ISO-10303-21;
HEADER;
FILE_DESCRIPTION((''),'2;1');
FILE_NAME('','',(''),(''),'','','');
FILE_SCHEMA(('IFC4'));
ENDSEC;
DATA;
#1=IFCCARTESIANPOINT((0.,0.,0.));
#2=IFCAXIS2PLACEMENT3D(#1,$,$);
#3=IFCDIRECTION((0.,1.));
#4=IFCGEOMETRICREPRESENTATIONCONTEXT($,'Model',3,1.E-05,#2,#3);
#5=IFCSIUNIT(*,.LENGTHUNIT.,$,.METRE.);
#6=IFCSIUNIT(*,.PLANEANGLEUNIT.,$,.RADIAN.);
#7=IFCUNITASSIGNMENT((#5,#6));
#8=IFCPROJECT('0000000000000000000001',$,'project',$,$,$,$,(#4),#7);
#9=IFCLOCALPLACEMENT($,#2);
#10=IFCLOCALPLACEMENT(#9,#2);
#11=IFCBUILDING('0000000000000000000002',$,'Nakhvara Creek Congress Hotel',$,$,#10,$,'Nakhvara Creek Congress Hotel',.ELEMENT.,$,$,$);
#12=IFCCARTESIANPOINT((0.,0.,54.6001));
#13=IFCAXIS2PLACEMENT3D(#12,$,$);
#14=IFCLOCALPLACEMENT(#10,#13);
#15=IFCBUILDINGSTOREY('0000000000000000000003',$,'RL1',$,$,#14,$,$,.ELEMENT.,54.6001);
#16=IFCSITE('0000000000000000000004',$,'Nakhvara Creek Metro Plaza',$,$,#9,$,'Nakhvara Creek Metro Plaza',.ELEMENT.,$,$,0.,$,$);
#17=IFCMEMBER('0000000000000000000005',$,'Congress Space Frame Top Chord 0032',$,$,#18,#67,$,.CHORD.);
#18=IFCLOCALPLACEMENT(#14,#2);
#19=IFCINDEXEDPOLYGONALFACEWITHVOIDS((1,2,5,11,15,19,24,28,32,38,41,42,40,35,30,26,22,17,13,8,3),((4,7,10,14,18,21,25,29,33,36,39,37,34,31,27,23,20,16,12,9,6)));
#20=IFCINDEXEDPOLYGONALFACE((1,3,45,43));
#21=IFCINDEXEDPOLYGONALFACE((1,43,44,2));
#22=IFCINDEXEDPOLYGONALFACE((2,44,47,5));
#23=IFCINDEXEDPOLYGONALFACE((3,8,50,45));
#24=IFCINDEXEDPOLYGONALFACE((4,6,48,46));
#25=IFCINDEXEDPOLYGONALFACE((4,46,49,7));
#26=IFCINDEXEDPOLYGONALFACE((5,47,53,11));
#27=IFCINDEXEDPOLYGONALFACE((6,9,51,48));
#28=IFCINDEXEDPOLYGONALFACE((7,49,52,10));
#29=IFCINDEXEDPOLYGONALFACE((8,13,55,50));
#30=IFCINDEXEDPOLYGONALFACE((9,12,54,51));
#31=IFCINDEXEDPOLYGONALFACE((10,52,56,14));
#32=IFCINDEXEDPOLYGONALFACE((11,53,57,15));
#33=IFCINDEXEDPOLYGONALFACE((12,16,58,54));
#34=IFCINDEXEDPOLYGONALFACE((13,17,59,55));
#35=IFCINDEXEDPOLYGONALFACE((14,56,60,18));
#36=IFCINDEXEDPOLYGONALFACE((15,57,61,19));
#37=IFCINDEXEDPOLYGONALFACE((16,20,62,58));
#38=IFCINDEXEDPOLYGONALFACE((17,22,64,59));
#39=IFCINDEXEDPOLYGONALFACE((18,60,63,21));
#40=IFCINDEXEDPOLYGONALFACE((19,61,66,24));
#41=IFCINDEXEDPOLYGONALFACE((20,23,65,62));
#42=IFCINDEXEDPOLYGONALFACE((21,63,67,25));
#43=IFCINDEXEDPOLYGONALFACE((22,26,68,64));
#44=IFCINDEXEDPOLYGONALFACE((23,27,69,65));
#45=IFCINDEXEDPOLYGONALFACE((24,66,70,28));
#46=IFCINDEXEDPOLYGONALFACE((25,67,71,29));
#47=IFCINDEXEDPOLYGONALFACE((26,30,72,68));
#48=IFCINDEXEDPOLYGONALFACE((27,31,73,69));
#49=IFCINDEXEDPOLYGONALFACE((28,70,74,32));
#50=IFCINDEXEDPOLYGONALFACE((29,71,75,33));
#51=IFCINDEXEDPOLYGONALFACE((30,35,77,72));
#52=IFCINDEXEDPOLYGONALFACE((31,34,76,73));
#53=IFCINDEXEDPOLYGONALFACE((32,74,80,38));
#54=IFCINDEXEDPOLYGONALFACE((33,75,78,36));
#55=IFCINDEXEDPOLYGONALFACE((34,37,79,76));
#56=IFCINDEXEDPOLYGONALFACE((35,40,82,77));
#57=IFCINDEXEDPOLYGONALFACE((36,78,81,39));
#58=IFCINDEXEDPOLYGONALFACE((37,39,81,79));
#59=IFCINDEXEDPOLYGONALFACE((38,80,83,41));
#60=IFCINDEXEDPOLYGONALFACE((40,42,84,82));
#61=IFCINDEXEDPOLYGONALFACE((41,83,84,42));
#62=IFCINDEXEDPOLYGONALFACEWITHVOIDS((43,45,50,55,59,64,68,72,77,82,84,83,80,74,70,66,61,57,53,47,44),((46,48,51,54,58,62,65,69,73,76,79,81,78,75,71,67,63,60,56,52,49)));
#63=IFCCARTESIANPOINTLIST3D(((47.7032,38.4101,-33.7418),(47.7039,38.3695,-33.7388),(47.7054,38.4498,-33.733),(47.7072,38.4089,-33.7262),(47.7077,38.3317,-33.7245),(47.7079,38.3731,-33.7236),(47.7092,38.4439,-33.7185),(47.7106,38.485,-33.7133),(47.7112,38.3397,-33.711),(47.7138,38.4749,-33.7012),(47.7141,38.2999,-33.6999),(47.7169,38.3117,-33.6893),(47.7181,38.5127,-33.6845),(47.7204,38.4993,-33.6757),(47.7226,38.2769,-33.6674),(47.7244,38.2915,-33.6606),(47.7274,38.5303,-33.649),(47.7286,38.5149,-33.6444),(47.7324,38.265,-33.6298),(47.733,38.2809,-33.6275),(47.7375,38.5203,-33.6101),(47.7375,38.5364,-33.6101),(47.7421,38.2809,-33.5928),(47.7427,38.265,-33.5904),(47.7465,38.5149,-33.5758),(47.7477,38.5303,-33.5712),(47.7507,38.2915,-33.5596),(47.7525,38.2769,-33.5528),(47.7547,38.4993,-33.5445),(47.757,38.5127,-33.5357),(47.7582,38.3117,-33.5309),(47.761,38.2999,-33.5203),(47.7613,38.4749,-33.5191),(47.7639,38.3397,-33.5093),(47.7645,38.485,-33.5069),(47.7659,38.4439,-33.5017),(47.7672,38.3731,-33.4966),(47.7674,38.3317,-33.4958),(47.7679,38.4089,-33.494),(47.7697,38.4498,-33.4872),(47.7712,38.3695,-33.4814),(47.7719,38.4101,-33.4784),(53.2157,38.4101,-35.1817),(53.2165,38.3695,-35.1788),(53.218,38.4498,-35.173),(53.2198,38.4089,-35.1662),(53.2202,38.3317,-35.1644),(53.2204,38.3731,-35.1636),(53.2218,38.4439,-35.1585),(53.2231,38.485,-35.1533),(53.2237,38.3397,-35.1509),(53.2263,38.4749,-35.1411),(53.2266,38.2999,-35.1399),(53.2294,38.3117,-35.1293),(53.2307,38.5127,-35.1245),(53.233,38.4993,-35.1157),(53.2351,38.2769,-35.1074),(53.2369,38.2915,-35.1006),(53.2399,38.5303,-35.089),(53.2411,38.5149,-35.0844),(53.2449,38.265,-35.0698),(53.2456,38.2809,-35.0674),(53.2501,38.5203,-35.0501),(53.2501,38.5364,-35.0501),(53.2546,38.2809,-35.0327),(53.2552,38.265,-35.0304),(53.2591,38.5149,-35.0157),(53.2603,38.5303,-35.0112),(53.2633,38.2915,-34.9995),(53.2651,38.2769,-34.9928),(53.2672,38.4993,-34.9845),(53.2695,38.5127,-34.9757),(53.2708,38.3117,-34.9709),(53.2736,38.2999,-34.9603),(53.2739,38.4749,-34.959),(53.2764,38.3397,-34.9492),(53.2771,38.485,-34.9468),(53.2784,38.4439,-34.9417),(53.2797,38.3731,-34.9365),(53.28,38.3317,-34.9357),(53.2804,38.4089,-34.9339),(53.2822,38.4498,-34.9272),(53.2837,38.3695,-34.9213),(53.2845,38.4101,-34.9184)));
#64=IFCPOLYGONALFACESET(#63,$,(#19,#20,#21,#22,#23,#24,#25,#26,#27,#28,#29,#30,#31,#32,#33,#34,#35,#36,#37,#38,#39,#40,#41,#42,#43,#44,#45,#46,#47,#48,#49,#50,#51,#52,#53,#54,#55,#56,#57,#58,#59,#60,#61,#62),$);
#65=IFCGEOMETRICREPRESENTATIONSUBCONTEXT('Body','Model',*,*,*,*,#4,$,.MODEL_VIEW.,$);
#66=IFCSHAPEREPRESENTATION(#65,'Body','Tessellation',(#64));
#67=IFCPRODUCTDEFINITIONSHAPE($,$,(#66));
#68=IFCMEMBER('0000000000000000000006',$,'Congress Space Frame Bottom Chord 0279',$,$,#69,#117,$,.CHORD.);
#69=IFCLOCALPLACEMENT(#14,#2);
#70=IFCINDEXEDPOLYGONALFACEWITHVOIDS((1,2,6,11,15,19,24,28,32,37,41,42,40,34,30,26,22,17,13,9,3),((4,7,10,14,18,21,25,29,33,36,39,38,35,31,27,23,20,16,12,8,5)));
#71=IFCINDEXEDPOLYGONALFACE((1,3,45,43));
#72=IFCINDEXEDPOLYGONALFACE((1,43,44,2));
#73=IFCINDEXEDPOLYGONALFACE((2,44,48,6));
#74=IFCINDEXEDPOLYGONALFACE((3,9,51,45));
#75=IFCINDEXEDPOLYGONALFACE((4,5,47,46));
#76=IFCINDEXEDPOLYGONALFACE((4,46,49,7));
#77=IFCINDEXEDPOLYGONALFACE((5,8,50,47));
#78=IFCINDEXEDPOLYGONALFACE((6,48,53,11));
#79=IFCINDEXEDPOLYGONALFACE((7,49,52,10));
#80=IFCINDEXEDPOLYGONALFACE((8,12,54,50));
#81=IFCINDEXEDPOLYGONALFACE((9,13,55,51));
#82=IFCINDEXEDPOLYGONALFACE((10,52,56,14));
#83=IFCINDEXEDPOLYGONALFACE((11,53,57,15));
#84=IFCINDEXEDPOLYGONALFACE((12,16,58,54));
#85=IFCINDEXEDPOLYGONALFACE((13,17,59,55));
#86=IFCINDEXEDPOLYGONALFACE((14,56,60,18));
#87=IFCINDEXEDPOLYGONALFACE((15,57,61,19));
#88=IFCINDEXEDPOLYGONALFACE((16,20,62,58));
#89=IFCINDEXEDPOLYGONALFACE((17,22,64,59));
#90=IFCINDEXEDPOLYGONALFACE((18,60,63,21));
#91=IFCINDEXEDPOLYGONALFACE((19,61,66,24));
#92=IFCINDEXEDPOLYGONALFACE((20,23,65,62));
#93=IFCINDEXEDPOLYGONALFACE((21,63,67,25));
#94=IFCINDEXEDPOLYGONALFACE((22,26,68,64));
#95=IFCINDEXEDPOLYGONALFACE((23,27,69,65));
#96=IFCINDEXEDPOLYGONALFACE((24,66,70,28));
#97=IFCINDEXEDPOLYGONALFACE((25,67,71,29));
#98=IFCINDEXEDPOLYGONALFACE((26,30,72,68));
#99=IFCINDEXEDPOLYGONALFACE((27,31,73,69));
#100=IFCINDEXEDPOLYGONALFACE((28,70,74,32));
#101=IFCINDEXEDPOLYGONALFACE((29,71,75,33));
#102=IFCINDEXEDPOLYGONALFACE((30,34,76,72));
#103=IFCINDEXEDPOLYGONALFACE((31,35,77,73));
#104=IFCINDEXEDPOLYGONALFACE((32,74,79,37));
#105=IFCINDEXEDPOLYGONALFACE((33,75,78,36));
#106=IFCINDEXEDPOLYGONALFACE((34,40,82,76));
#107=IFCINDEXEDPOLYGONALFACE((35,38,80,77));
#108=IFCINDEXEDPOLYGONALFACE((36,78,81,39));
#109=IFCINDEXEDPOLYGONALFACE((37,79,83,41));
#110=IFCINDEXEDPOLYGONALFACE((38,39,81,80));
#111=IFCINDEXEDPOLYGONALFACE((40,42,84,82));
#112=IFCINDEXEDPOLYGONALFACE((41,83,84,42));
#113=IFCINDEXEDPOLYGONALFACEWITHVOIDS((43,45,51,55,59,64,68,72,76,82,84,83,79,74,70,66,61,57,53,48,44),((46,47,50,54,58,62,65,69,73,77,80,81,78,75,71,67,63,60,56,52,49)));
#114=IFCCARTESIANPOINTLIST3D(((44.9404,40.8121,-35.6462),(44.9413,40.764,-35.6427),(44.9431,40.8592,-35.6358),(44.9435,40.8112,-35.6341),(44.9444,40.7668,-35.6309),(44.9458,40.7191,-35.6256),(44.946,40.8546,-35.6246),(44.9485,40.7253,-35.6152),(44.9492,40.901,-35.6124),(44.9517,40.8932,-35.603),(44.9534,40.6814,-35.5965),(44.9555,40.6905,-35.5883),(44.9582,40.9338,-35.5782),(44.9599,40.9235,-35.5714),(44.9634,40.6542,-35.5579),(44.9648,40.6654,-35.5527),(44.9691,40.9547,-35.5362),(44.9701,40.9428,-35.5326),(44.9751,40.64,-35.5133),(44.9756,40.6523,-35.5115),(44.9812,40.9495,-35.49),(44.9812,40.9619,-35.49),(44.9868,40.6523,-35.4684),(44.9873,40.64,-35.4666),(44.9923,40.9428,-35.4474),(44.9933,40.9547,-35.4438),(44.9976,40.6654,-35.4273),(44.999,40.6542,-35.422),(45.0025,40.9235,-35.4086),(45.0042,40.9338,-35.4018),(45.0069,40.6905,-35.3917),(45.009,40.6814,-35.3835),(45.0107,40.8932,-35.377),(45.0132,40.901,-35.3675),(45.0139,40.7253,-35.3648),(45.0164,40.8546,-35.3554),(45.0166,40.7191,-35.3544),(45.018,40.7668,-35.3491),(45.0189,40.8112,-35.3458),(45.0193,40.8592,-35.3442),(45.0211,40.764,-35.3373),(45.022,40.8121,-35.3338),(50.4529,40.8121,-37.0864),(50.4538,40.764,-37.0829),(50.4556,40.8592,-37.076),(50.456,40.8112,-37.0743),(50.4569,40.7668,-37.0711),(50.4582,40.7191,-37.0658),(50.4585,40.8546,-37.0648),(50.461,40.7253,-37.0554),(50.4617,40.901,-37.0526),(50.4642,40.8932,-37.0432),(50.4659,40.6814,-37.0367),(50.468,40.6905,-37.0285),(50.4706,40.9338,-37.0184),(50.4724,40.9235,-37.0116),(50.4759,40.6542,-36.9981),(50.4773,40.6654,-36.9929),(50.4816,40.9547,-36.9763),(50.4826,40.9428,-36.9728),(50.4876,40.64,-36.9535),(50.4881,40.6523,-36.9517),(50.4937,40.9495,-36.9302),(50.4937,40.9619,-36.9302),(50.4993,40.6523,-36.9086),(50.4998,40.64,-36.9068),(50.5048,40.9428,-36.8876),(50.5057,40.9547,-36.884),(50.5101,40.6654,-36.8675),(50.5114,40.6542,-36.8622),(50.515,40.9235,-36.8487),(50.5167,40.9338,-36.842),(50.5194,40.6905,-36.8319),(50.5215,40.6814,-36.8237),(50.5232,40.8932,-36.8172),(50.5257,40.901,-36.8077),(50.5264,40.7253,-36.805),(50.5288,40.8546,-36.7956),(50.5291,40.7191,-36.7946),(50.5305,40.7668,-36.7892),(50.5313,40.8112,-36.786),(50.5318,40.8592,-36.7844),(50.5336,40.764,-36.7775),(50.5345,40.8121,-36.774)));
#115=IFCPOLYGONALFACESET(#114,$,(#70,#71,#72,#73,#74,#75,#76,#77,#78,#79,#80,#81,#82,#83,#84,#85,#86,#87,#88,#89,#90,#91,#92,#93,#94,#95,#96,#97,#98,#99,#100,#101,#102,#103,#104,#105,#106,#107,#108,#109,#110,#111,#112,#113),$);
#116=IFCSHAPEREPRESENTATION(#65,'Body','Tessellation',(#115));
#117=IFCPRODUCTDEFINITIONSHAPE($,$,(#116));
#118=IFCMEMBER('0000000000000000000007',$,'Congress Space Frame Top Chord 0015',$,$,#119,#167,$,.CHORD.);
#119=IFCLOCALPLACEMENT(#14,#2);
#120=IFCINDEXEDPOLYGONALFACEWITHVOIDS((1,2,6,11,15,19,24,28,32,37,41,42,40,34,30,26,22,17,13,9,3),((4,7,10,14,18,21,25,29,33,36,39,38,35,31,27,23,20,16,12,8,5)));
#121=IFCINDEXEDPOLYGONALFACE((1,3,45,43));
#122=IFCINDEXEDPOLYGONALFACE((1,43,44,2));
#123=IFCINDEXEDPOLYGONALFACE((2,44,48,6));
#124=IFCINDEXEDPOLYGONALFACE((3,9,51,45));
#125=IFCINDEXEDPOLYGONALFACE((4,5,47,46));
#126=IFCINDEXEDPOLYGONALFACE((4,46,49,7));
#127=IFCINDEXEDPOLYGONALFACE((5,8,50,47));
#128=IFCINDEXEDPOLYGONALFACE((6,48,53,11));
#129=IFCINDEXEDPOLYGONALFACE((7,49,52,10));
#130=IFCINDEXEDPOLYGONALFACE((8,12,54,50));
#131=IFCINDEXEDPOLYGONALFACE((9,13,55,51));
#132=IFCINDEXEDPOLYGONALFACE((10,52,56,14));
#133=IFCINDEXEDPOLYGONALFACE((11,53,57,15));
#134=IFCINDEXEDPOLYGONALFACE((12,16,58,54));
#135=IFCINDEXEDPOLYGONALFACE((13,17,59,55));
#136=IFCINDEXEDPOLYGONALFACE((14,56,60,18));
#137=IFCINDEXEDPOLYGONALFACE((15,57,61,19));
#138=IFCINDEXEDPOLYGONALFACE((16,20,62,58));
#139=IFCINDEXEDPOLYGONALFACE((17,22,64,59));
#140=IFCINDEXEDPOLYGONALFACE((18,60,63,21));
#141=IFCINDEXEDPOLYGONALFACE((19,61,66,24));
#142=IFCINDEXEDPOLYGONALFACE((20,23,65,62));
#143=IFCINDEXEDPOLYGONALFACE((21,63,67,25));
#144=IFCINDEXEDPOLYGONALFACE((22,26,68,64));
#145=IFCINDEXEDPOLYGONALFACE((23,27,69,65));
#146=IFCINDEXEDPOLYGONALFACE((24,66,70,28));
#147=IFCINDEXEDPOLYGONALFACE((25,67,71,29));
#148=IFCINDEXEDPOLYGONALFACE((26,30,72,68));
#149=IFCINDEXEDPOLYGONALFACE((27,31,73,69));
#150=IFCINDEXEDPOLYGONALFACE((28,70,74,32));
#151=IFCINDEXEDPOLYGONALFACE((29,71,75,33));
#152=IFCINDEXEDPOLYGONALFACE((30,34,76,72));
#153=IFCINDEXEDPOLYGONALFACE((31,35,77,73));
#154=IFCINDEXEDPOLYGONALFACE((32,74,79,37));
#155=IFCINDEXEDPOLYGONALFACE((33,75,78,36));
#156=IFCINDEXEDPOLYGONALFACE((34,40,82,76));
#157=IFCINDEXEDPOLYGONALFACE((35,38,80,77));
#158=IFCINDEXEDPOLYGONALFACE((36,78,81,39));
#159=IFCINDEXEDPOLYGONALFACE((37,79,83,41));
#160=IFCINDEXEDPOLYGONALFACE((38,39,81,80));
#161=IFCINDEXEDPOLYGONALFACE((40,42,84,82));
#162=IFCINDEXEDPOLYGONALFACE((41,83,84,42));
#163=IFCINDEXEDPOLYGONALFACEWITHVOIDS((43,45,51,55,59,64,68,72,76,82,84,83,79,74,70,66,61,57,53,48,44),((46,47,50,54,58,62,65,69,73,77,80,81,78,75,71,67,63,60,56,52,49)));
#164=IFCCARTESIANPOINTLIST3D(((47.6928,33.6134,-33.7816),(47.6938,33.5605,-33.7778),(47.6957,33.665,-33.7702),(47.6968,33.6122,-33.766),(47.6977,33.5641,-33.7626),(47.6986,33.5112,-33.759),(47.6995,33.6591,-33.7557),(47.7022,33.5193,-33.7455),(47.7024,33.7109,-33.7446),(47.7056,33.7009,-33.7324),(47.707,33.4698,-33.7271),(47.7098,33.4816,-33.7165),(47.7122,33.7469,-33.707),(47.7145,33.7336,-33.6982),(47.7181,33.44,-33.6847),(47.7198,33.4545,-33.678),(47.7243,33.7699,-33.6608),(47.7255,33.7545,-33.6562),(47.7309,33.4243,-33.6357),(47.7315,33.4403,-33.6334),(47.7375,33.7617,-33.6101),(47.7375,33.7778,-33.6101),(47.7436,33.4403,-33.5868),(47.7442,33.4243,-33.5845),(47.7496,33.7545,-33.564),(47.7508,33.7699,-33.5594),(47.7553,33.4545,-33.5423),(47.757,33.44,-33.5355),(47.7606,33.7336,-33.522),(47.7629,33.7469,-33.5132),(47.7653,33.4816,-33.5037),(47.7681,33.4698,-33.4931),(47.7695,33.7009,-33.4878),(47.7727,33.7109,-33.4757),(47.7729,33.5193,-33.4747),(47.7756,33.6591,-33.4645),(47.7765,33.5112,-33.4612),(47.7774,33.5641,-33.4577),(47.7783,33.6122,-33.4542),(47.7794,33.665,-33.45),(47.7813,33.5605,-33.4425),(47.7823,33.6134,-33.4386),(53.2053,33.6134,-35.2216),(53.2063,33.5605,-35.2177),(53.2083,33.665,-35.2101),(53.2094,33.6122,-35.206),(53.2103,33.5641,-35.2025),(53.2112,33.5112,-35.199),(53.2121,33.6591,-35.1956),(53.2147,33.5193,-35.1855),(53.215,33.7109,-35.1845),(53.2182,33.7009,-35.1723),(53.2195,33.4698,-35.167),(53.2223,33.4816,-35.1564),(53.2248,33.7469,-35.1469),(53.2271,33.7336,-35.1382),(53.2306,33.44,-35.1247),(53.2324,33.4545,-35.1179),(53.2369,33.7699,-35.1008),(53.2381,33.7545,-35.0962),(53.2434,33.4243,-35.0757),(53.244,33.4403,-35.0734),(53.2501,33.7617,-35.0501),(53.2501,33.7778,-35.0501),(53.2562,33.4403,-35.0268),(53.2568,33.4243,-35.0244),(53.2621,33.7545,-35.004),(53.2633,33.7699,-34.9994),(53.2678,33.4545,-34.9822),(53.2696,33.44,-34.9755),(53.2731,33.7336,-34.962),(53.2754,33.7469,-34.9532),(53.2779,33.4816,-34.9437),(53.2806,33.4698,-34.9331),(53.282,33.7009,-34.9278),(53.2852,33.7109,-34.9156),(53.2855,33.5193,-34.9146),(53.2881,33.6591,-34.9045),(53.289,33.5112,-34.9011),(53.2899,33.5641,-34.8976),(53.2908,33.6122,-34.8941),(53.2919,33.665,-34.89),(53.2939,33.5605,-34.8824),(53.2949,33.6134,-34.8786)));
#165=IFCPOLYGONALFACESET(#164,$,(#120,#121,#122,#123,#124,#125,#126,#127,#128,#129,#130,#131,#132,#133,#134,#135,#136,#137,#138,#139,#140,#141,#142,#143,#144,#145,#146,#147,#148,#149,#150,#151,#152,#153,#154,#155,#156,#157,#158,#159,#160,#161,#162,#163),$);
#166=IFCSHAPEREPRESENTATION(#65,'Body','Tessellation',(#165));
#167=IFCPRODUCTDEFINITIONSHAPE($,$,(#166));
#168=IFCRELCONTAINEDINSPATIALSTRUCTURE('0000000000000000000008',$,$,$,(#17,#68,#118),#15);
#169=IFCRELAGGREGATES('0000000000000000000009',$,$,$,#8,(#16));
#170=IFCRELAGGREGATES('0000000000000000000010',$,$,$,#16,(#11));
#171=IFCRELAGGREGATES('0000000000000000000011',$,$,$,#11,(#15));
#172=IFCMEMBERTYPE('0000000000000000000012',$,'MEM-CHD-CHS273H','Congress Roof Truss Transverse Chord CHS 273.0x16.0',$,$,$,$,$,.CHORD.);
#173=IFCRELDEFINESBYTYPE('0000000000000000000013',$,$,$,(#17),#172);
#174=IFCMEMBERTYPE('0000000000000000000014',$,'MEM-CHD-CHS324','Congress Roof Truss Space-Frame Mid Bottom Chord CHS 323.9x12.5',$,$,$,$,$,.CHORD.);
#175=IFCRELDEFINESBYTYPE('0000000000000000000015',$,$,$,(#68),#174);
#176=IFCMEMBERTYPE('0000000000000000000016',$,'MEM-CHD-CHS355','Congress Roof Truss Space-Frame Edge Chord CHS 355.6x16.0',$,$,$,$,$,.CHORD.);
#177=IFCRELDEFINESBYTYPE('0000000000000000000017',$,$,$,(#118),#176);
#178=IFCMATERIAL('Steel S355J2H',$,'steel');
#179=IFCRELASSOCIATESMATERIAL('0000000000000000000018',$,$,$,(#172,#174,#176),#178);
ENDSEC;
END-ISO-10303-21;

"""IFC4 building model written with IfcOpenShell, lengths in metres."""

from ifc_helpers import new_model, si_unit, direction, frame, origin, origin_2d, place, context, subcontext, project, spatial, hollow_circle, extrude, material, material_profile, profile_set, type_object, element, save


model = new_model("IFC4")

# Units and contexts
model_context = context("Model", 3, precision=1e-05, world=origin(), true_north=direction((0.0, 1.0)))
body_context = subcontext(model_context, "Body", "Model", "MODEL_VIEW")
ifc_project = project(units=[si_unit("LENGTHUNIT", "METRE"), si_unit("PLANEANGLEUNIT", "RADIAN")], contexts=[model_context])

# Site, building, storey
site_placement = place(None, origin())
site = spatial("IfcSite", under=ifc_project, at=site_placement, Name="Nakhvara Creek Metro Plaza", LongName="Nakhvara Creek Metro Plaza", CompositionType="ELEMENT", RefElevation=0.0)
building_placement = place(site_placement, origin())
building = spatial("IfcBuilding", under=site, at=building_placement, Name="Nakhvara Creek Congress Hotel", LongName="Nakhvara Creek Congress Hotel", CompositionType="ELEMENT")
storey_placement = place(building_placement, frame((0.0, 0.0, 54.6001)))
storey = spatial("IfcBuildingStorey", under=building, at=storey_placement, Name="RL1", CompositionType="ELEMENT", Elevation=54.6001)

# Members
ifc_material_1 = material(Name="Steel S355J2H", Category="steel")
ifc_material_profile_1 = material_profile(ifc_material_1, hollow_circle(Radius=0.1365, WallThickness=0.0161, at=origin_2d()), Name="CHS 273.0x16.0", Category="LoadBearing")
ifc_profile_set_1 = profile_set([ifc_material_profile_1], Name="Steel S355J2H")
member_type_1 = type_object("IfcMemberType", Name="MEM-CHD-CHS273H", Description="Congress Roof Truss Transverse Chord CHS 273.0x16.0", PredefinedType="CHORD", material=ifc_profile_set_1)
member_1_placement = place(storey_placement, frame((47.7375, 38.3999, -33.6101), z_axis=(0.967535, 0.0, -0.252736), x_axis=(0.0, 1.0, 0.0)))
element("IfcMember", 1, at=member_1_placement, inside=storey, type_object=member_type_1, Name="Congress Space Frame Top Chord 0032", PredefinedType="CHORD", context=body_context, shape_type="SweptSolid", body=[
    extrude(hollow_circle(Radius=0.1365, WallThickness=0.0161, at=origin_2d()), origin(), (0.0, 0.0, 1.0), 5.6975),
])
ifc_material_profile_2 = material_profile(ifc_material_1, hollow_circle(Radius=0.1619, WallThickness=0.0125, at=origin_2d()), Name="CHS 323.9x12.5", Category="LoadBearing")
ifc_profile_set_2 = profile_set([ifc_material_profile_2], Name="Steel S355J2H")
member_type_2 = type_object("IfcMemberType", Name="MEM-CHD-CHS324", Description="Congress Roof Truss Space-Frame Mid Bottom Chord CHS 323.9x12.5", PredefinedType="CHORD", material=ifc_profile_set_2)
member_2_placement = place(storey_placement, frame((44.9812, 40.8, -35.49), z_axis=(0.967525, 0.0, -0.252776), x_axis=(0.0, 1.0, 0.0)))
element("IfcMember", 2, at=member_2_placement, inside=storey, type_object=member_type_2, Name="Congress Space Frame Bottom Chord 0279", PredefinedType="CHORD", context=body_context, shape_type="SweptSolid", body=[
    extrude(hollow_circle(Radius=0.1619, WallThickness=0.0125, at=origin_2d()), origin(), (0.0, 0.0, 1.0), 5.6975),
])
ifc_material_profile_3 = material_profile(ifc_material_1, hollow_circle(Radius=0.1777, WallThickness=0.0161, at=origin_2d()), Name="CHS 355.6x16.0", Category="LoadBearing")
ifc_profile_set_3 = profile_set([ifc_material_profile_3], Name="Steel S355J2H")
member_type_3 = type_object("IfcMemberType", Name="MEM-CHD-CHS355", Description="Congress Roof Truss Space-Frame Edge Chord CHS 355.6x16.0", PredefinedType="CHORD", material=ifc_profile_set_3)
member_3_placement = place(storey_placement, frame((47.7375, 33.6001, -33.6101), z_axis=(0.967535, 0.0, -0.252736), x_axis=(0.0, 1.0, 0.0)))
element("IfcMember", 3, at=member_3_placement, inside=storey, type_object=member_type_3, Name="Congress Space Frame Top Chord 0015", PredefinedType="CHORD", context=body_context, shape_type="SweptSolid", body=[
    extrude(hollow_circle(Radius=0.1777, WallThickness=0.0161, at=origin_2d()), origin(), (0.0, 0.0, 1.0), 5.6975),
])

save(model, "model.ifc")
